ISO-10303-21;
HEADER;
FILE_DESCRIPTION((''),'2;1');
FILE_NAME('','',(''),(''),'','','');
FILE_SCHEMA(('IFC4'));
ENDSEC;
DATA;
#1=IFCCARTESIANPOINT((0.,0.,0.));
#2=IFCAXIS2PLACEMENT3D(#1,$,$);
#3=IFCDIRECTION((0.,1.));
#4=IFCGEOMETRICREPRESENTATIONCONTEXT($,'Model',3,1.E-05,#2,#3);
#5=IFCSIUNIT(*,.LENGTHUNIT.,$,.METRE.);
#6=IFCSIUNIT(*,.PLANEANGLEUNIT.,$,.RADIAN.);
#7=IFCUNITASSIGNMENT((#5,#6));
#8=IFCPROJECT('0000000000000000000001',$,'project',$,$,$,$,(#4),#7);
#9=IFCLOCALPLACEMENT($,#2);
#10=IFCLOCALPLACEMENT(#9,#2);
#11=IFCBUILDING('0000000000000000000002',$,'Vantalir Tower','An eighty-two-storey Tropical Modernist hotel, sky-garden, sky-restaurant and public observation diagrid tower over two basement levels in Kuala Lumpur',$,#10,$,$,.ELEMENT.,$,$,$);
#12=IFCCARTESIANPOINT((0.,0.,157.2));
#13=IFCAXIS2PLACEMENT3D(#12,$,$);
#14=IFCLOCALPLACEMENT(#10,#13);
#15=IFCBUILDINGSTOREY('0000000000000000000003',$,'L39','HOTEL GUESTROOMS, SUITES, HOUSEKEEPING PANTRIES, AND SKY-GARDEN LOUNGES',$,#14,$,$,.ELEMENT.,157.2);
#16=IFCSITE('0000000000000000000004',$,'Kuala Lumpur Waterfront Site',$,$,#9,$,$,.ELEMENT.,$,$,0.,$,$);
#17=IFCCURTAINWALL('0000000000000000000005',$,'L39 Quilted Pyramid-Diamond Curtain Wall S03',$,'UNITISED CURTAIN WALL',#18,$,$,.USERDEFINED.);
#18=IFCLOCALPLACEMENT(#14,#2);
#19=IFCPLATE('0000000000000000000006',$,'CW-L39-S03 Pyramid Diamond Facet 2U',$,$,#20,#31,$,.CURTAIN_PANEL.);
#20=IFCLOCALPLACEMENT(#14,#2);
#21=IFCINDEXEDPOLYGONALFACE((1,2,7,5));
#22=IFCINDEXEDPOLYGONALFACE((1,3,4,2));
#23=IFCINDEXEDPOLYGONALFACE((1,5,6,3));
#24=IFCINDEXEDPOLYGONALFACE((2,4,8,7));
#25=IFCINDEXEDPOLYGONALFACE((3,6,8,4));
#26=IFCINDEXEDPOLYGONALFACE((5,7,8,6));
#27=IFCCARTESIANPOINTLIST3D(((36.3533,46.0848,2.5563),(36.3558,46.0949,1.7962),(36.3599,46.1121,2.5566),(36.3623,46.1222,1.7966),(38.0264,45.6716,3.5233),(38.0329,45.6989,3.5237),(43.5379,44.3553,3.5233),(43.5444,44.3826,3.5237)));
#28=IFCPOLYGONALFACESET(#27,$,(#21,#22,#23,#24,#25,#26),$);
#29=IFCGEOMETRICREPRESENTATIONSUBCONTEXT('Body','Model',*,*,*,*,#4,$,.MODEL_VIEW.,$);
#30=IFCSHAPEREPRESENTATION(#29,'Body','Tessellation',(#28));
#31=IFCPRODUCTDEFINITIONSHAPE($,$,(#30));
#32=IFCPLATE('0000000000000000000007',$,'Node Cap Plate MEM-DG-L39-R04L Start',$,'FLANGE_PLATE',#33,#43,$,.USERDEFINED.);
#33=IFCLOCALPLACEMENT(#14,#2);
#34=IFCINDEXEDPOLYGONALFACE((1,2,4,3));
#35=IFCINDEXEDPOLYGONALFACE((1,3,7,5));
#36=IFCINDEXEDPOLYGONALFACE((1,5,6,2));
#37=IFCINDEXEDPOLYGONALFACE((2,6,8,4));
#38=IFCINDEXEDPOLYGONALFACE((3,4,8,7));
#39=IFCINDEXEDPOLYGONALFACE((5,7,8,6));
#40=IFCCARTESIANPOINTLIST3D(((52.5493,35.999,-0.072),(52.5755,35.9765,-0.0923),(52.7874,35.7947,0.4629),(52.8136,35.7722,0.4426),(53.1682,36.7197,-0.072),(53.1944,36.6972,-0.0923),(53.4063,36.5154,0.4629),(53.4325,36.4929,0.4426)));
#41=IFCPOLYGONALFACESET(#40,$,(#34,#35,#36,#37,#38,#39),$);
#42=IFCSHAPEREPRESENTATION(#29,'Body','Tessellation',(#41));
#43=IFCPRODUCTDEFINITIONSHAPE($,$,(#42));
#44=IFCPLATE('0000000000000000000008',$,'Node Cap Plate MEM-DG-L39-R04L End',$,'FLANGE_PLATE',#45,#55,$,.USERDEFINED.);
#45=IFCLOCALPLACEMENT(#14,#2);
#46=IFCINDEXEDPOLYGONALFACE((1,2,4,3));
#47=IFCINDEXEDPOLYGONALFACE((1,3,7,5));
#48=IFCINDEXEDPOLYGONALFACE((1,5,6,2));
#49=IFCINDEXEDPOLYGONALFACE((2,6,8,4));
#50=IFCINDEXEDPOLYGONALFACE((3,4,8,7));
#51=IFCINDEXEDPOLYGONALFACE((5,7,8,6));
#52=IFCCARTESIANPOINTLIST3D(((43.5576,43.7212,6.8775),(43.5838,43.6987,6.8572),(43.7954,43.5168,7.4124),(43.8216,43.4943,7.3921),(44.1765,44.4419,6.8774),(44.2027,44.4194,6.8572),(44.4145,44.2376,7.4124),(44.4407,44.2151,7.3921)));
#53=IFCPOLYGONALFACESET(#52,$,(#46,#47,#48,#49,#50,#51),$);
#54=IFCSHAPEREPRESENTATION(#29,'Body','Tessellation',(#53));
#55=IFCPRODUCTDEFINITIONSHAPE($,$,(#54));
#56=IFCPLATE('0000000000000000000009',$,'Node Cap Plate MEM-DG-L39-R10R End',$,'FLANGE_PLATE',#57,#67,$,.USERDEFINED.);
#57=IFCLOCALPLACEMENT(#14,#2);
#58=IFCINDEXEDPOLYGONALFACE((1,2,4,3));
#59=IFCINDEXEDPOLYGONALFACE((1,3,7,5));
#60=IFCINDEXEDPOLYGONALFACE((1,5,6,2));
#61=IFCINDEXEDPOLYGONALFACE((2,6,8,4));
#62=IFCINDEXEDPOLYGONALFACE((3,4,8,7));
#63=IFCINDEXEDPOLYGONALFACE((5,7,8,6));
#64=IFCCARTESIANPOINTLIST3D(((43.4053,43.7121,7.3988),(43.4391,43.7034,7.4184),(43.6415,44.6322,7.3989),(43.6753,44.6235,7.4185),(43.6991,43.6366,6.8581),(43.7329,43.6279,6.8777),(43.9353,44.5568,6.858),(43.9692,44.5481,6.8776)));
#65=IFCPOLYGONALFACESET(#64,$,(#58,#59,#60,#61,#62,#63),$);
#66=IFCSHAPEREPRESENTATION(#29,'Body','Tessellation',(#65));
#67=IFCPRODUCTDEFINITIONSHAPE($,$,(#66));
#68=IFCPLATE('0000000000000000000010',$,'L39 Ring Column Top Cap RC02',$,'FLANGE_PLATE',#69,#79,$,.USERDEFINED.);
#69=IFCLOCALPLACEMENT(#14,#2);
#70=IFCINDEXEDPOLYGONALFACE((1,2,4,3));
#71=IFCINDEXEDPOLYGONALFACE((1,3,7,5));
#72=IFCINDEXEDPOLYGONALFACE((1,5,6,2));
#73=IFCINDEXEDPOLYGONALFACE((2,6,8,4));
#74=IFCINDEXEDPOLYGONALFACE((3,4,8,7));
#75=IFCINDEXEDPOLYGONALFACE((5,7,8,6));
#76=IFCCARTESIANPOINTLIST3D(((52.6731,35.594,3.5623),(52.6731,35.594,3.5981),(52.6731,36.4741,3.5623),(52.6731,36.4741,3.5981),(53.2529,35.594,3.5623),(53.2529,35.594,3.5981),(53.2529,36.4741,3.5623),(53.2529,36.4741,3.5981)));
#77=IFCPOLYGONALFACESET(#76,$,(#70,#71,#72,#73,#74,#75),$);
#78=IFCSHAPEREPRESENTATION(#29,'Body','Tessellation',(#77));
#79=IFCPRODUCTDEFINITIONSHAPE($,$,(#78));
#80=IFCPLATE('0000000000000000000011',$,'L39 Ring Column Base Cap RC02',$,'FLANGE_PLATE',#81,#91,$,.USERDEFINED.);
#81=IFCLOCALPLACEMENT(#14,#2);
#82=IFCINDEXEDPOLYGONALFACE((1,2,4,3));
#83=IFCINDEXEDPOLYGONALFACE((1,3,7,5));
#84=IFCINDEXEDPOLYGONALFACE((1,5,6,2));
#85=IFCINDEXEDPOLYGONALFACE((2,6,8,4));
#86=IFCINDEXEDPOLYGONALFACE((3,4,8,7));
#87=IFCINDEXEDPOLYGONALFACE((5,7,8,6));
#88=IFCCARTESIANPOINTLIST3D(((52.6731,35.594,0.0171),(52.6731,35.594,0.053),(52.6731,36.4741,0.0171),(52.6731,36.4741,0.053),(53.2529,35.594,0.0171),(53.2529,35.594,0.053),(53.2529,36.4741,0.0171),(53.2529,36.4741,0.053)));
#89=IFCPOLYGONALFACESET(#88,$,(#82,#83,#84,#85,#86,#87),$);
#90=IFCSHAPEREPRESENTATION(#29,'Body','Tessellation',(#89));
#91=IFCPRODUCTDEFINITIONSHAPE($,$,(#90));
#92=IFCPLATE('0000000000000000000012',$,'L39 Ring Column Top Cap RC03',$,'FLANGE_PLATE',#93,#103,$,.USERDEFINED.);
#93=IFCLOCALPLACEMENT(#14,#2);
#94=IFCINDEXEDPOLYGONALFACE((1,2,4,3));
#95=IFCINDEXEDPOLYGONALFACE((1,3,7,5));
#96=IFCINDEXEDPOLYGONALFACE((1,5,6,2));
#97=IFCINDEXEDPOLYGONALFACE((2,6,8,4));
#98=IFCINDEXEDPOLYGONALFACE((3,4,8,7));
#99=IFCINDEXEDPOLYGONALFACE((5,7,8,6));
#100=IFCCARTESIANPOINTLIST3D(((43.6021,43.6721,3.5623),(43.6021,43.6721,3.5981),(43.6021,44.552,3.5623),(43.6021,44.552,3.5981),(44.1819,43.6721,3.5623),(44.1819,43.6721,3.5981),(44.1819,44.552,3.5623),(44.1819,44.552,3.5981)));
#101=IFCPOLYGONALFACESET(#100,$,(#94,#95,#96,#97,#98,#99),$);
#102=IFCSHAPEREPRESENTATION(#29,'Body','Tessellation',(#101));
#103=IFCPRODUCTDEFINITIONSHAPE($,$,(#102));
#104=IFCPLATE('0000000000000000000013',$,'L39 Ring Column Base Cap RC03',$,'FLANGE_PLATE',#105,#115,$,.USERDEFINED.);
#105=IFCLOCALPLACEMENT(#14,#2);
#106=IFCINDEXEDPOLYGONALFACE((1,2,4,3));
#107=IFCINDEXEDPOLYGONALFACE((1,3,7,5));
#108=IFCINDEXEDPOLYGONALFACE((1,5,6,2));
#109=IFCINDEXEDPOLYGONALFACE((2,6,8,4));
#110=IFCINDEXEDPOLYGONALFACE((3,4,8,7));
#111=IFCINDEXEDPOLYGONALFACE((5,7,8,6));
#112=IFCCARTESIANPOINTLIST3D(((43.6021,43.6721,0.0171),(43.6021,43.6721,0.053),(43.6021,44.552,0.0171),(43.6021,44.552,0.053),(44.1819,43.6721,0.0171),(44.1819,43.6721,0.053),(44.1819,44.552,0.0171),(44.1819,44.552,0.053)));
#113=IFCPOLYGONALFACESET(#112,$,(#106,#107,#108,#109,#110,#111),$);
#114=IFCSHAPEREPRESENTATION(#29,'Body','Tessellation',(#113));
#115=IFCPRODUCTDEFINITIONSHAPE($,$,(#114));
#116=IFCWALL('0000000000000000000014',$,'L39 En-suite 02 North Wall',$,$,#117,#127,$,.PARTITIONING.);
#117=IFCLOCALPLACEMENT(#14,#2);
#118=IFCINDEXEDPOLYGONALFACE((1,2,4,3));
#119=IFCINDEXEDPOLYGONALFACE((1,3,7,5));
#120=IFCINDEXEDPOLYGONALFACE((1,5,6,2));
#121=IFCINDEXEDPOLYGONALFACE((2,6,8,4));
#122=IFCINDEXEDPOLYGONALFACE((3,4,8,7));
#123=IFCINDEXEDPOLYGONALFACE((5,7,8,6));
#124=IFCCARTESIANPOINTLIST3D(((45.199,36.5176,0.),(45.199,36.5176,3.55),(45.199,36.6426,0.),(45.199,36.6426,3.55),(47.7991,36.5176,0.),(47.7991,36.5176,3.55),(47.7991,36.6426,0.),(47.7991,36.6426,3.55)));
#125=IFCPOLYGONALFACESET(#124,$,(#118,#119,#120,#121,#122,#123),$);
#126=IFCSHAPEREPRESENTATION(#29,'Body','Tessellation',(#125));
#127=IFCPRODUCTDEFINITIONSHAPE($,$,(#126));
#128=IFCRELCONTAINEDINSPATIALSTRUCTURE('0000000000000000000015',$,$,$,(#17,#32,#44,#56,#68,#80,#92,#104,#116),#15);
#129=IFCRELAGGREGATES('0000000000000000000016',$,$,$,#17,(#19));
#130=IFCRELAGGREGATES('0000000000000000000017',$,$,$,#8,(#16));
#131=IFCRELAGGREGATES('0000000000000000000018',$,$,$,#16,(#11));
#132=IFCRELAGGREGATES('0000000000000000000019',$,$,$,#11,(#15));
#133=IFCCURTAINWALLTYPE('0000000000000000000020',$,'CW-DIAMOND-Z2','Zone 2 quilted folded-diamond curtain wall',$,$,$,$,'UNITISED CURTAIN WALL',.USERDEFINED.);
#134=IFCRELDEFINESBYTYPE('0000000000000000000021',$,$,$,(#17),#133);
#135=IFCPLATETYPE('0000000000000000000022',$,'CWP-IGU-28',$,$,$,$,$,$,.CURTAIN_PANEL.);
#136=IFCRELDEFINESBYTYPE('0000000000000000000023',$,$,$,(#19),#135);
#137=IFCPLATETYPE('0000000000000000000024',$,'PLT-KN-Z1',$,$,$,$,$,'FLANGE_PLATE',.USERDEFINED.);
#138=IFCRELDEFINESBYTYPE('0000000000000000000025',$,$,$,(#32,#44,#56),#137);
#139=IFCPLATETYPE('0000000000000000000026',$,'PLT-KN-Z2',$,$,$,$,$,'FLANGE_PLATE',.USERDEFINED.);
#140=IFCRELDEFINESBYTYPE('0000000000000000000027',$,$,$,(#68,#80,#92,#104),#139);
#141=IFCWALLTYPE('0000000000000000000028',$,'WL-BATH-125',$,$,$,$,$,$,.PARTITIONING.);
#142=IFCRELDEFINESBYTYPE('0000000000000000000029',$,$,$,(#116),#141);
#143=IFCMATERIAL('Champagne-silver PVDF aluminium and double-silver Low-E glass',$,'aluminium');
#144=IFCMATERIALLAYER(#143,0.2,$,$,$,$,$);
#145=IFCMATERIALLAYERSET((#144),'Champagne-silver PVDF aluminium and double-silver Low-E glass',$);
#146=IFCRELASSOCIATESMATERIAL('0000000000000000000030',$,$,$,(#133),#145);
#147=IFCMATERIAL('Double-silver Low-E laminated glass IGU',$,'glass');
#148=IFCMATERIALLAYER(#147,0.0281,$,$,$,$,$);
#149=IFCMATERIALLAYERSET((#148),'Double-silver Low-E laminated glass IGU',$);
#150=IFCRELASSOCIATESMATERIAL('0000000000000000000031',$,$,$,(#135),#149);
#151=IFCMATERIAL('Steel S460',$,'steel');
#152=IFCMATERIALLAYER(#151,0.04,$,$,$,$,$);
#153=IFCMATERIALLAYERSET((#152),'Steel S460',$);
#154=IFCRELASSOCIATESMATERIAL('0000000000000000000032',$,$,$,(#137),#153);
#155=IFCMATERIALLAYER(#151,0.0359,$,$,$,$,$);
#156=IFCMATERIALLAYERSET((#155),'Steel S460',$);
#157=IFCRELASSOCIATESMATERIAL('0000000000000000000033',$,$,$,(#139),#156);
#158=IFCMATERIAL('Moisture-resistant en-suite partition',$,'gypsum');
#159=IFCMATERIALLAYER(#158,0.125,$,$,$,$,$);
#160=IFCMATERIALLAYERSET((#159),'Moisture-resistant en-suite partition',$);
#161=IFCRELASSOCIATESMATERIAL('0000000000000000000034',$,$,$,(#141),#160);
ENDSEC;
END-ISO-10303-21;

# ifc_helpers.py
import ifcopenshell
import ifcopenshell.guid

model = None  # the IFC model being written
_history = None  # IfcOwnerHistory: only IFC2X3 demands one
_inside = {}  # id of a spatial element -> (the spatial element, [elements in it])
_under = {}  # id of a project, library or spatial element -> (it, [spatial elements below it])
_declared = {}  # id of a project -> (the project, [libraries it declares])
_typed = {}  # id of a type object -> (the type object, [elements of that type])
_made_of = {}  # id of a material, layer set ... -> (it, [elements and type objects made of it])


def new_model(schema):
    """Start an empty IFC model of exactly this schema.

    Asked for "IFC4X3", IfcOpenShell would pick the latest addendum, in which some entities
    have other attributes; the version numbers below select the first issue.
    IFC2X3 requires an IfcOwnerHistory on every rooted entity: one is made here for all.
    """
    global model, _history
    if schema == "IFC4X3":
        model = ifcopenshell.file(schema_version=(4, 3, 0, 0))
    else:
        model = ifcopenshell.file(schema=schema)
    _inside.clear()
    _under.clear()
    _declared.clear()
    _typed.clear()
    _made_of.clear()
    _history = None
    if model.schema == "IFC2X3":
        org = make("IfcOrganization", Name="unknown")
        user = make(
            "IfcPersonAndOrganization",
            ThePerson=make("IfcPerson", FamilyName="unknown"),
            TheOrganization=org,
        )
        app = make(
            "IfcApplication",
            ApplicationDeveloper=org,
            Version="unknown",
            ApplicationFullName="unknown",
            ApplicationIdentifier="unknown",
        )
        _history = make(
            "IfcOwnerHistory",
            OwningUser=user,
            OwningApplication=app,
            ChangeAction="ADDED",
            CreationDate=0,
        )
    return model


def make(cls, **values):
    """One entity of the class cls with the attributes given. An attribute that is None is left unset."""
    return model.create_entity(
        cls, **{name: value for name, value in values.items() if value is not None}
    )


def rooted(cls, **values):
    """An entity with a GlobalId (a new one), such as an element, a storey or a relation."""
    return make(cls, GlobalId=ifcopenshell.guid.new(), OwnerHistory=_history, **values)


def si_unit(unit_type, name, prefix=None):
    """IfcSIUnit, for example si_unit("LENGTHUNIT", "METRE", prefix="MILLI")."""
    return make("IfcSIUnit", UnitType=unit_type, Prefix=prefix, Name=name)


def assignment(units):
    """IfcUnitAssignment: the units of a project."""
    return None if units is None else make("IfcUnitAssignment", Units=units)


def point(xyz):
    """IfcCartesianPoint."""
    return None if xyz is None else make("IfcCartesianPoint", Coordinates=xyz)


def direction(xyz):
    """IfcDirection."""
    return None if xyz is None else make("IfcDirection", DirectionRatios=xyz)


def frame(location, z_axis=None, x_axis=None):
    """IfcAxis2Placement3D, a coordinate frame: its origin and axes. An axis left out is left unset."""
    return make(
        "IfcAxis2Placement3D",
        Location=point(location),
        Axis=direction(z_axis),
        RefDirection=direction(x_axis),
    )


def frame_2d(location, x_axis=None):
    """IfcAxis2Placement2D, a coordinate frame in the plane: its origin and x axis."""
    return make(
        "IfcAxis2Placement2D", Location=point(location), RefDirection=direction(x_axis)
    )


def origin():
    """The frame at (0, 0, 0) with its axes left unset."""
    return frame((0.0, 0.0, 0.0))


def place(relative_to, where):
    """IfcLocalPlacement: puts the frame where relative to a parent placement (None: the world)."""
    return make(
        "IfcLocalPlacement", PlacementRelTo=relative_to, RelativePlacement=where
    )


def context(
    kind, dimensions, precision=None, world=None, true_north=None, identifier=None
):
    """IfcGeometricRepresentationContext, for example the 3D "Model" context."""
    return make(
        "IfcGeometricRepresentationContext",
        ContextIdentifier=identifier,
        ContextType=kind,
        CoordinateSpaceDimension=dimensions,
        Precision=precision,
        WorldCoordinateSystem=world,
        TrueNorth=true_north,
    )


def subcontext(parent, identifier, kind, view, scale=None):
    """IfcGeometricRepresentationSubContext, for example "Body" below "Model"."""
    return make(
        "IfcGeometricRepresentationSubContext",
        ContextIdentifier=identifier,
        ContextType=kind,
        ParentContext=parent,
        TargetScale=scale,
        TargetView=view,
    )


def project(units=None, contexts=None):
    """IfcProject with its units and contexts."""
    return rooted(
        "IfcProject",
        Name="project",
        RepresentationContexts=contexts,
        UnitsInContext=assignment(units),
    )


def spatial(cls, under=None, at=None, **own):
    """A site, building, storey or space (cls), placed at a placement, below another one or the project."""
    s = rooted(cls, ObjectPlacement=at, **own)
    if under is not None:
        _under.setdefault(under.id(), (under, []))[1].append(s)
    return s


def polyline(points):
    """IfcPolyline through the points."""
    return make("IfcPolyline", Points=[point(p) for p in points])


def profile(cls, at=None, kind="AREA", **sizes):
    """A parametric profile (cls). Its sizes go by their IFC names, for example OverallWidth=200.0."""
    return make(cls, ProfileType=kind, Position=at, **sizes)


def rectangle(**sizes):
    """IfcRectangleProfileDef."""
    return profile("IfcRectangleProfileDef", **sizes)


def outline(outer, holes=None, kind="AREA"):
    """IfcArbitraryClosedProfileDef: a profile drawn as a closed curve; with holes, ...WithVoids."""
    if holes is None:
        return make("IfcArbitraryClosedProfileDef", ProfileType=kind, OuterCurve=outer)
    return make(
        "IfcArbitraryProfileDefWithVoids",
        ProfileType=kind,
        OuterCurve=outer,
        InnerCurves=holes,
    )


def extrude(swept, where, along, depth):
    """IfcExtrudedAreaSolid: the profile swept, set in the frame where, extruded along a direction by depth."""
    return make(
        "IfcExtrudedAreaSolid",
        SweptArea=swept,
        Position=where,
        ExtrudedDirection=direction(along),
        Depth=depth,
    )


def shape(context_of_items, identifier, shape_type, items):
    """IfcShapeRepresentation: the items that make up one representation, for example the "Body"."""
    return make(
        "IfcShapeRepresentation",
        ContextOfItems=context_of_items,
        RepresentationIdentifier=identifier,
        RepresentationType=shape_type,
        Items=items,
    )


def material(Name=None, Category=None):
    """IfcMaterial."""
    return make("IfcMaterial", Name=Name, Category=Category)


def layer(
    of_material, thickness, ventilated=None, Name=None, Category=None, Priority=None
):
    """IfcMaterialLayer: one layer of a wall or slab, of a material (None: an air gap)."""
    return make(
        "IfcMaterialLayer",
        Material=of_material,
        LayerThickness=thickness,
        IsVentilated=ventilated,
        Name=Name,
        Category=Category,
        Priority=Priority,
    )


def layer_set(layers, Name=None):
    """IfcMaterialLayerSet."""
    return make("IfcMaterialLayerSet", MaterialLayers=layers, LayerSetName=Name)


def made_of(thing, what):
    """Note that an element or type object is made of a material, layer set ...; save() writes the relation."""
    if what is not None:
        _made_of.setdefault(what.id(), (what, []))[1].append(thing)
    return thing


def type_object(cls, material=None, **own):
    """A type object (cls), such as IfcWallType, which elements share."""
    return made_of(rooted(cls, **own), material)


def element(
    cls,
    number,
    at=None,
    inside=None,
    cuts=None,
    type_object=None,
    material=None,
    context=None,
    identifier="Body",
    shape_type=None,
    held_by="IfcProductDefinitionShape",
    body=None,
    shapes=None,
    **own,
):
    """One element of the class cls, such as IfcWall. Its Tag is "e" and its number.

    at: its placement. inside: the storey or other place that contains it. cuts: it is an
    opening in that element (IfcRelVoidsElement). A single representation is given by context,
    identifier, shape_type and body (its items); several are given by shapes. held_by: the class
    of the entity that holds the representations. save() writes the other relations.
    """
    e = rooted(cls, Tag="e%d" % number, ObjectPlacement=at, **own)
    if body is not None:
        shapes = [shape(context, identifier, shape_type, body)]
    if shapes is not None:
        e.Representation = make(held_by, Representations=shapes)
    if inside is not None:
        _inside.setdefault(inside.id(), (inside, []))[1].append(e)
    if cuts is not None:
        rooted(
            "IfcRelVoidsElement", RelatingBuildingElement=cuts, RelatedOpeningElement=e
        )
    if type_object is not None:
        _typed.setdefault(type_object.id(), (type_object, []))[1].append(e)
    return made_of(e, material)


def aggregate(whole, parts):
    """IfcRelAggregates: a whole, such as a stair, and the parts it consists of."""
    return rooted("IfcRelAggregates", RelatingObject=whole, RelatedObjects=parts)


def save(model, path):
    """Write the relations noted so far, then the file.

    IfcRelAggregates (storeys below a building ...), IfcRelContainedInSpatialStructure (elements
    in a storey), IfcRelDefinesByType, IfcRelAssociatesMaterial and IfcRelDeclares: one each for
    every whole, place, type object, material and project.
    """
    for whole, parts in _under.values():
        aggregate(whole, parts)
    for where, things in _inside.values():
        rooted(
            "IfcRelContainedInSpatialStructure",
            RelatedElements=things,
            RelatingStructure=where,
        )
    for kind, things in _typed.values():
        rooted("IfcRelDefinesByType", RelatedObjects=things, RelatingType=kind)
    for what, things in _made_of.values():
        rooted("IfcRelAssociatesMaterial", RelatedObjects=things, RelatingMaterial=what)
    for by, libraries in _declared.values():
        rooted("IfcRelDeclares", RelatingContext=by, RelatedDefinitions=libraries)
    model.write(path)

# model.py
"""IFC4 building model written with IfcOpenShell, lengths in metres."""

from ifc_helpers import new_model, si_unit, direction, frame, frame_2d, origin, place, context, subcontext, project, spatial, polyline, rectangle, outline, extrude, material, layer, layer_set, type_object, element, aggregate, save


model = new_model("IFC4")

# Units and contexts
model_context = context("Model", 3, precision=1e-05, world=origin(), true_north=direction((0.0, 1.0)))
body_context = subcontext(model_context, "Body", "Model", "MODEL_VIEW")
ifc_project = project(units=[si_unit("LENGTHUNIT", "METRE"), si_unit("PLANEANGLEUNIT", "RADIAN")], contexts=[model_context])

# Site, building, storey
site_placement = place(None, origin())
site = spatial("IfcSite", under=ifc_project, at=site_placement, Name="Kuala Lumpur Waterfront Site", CompositionType="ELEMENT", RefElevation=0.0)
building_placement = place(site_placement, origin())
building = spatial("IfcBuilding", under=site, at=building_placement, Name="Vantalir Tower", Description="An eighty-two-storey Tropical Modernist hotel, sky-garden, sky-restaurant and public observation diagrid tower over two basement levels in Kuala Lumpur", CompositionType="ELEMENT")
storey_placement = place(building_placement, frame((0.0, 0.0, 157.2)))
storey = spatial("IfcBuildingStorey", under=building, at=storey_placement, Name="L39", Description="HOTEL GUESTROOMS, SUITES, HOUSEKEEPING PANTRIES, AND SKY-GARDEN LOUNGES", CompositionType="ELEMENT", Elevation=157.2)

# Shared definitions
ifc_material_1 = material(Name="Steel S460", Category="steel")

# Shared definitions
ifc_material_2 = material(Name="Champagne-silver PVDF aluminium and double-silver Low-E glass", Category="aluminium")
ifc_layer_1 = layer(ifc_material_2, 0.2)
ifc_layer_set_1 = layer_set([ifc_layer_1], Name="Champagne-silver PVDF aluminium and double-silver Low-E glass")
curtain_wall_type = type_object("IfcCurtainWallType", Name="CW-DIAMOND-Z2", Description="Zone 2 quilted folded-diamond curtain wall", ElementType="UNITISED CURTAIN WALL", PredefinedType="USERDEFINED", material=ifc_layer_set_1)

# Curtain wall
curtain_wall_1_placement = place(storey_placement, origin())
curtain_wall_1 = element("IfcCurtainWall", 1, at=curtain_wall_1_placement, inside=storey, type_object=curtain_wall_type, Name="L39 Quilted Pyramid-Diamond Curtain Wall S03", ObjectType="UNITISED CURTAIN WALL", PredefinedType="USERDEFINED")

# Plate
ifc_material_3 = material(Name="Double-silver Low-E laminated glass IGU", Category="glass")
ifc_layer_2 = layer(ifc_material_3, 0.0281)
ifc_layer_set_2 = layer_set([ifc_layer_2], Name="Double-silver Low-E laminated glass IGU")
plate_type_1 = type_object("IfcPlateType", Name="CWP-IGU-28", PredefinedType="CURTAIN_PANEL", material=ifc_layer_set_2)
plate_1_placement = place(storey_placement, frame((43.5444, 44.3826, 3.5237), z_axis=(0.232271, 0.972554, 0.013709), x_axis=(-0.972646, 0.232293, 0.0)))
plate_1 = element("IfcPlate", 2, at=plate_1_placement, type_object=plate_type_1, Name="CW-L39-S03 Pyramid Diamond Facet 2U", PredefinedType="CURTAIN_PANEL", context=body_context, shape_type="SweptSolid", body=[
    extrude(outline(polyline([(0.0, 0.0), (5.6665, 0.0), (7.3898, -0.9671), (7.3898, -1.7272), (0.0, 0.0)])), origin(), (0.0, 0.0, -1.0), 0.0281),
])
aggregate(curtain_wall_1, [plate_1])

# Plates
ifc_layer_3 = layer(ifc_material_1, 0.04)
ifc_layer_set_3 = layer_set([ifc_layer_3], Name="Steel S460")
plate_type_2 = type_object("IfcPlateType", Name="PLT-KN-Z1", ElementType="FLANGE_PLATE", PredefinedType="USERDEFINED", material=ifc_layer_set_3)
plate_2_placement = place(storey_placement, frame((53.1682, 36.7197, -0.072), z_axis=(-0.654413, 0.561971, 0.505898), x_axis=(-0.65149, -0.758658, 0.0)))
element("IfcPlate", 3, at=plate_2_placement, inside=storey, type_object=plate_type_2, Name="Node Cap Plate MEM-DG-L39-R04L Start", ObjectType="FLANGE_PLATE", PredefinedType="USERDEFINED", context=body_context, shape_type="SweptSolid", body=[
    extrude(outline(polyline([(0.0, 0.0), (0.95, 0.0), (0.9499, 0.6201), (-0.0001, 0.6201), (0.0, 0.0)])), origin(), (0.0, 0.0, -1.0), 0.04),
])
plate_3_placement = place(storey_placement, frame((44.1765, 44.4419, 6.8774), z_axis=(-0.654408, 0.562077, 0.505787), x_axis=(-0.651545, -0.75861, 0.000043)))
element("IfcPlate", 4, at=plate_3_placement, inside=storey, type_object=plate_type_2, Name="Node Cap Plate MEM-DG-L39-R04L End", ObjectType="FLANGE_PLATE", PredefinedType="USERDEFINED", context=body_context, shape_type="SweptSolid", body=[
    extrude(outline(polyline([(0.0, 0.0), (0.95, 0.0), (0.9501, 0.62), (-0.0001, 0.6201), (0.0, 0.0)])), origin(), (0.0, 0.0, -1.0), 0.04),
])
plate_4_placement = place(storey_placement, frame((43.7329, 43.6279, 6.8777), z_axis=(0.844759, -0.216849, 0.489243), x_axis=(0.248667, 0.968589, -0.000053)))
element("IfcPlate", 5, at=plate_4_placement, inside=storey, type_object=plate_type_2, Name="Node Cap Plate MEM-DG-L39-R10R End", ObjectType="FLANGE_PLATE", PredefinedType="USERDEFINED", context=body_context, shape_type="SweptSolid", body=[
    extrude(outline(polyline([(0.0, 0.0), (0.95, 0.0), (0.95, 0.6201), (0.0, 0.62), (0.0, 0.0)])), origin(), (0.0, 0.0, -1.0), 0.04),
])
ifc_layer_4 = layer(ifc_material_1, 0.0359)
ifc_layer_set_4 = layer_set([ifc_layer_4], Name="Steel S460")
plate_type_3 = type_object("IfcPlateType", Name="PLT-KN-Z2", ElementType="FLANGE_PLATE", PredefinedType="USERDEFINED", material=ifc_layer_set_4)
for number, where, z_axis, x_axis, name in (
    (6, (52.6731, 36.4741, 3.5981), (0.0, 0.0, 1.0), (0.0, -1.0, 0.0), "L39 Ring Column Top Cap RC02"),
    (7, (52.6731, 36.4741, 0.053), (0.0, 0.0, 1.0), (0.0, -1.0, 0.0), "L39 Ring Column Base Cap RC02"),
):
    element("IfcPlate", number, at=place(storey_placement, frame(where, z_axis=z_axis, x_axis=x_axis)), inside=storey, type_object=plate_type_3, Name=name, ObjectType="FLANGE_PLATE", PredefinedType="USERDEFINED", context=body_context, shape_type="SweptSolid", body=[
        extrude(outline(polyline([(0.0, 0.0), (0.8801, 0.0), (0.8801, 0.5798), (0.0, 0.5798), (0.0, 0.0)])), origin(), (0.0, 0.0, -1.0), 0.0359),
    ])
for number, where, z_axis, x_axis, name in (
    (8, (43.6021, 44.552, 3.5981), (0.0, 0.0, 1.0), (0.0, -1.0, 0.0), "L39 Ring Column Top Cap RC03"),
    (9, (43.6021, 44.552, 0.053), (0.0, 0.0, 1.0), (0.0, -1.0, 0.0), "L39 Ring Column Base Cap RC03"),
):
    element("IfcPlate", number, at=place(storey_placement, frame(where, z_axis=z_axis, x_axis=x_axis)), inside=storey, type_object=plate_type_3, Name=name, ObjectType="FLANGE_PLATE", PredefinedType="USERDEFINED", context=body_context, shape_type="SweptSolid", body=[
        extrude(outline(polyline([(0.0, 0.0), (0.8799, 0.0), (0.8799, 0.5798), (0.0, 0.5798), (0.0, 0.0)])), origin(), (0.0, 0.0, -1.0), 0.0359),
    ])

# Wall
ifc_material_4 = material(Name="Moisture-resistant en-suite partition", Category="gypsum")
ifc_layer_5 = layer(ifc_material_4, 0.125)
ifc_layer_set_5 = layer_set([ifc_layer_5], Name="Moisture-resistant en-suite partition")
wall_type = type_object("IfcWallType", Name="WL-BATH-125", PredefinedType="PARTITIONING", material=ifc_layer_set_5)
wall_placement = place(storey_placement, frame((45.199, 36.5801, 0.0), z_axis=(0.0, 0.0, 1.0), x_axis=(1.0, 0.0, 0.0)))
element("IfcWall", 10, at=wall_placement, inside=storey, type_object=wall_type, Name="L39 En-suite 02 North Wall", PredefinedType="PARTITIONING", context=body_context, shape_type="SweptSolid", body=[
    extrude(rectangle(XDim=2.6001, YDim=0.125, at=frame_2d((1.3, 0.0))), origin(), (0.0, 0.0, 1.0), 3.55),
])

save(model, "model.ifc")
